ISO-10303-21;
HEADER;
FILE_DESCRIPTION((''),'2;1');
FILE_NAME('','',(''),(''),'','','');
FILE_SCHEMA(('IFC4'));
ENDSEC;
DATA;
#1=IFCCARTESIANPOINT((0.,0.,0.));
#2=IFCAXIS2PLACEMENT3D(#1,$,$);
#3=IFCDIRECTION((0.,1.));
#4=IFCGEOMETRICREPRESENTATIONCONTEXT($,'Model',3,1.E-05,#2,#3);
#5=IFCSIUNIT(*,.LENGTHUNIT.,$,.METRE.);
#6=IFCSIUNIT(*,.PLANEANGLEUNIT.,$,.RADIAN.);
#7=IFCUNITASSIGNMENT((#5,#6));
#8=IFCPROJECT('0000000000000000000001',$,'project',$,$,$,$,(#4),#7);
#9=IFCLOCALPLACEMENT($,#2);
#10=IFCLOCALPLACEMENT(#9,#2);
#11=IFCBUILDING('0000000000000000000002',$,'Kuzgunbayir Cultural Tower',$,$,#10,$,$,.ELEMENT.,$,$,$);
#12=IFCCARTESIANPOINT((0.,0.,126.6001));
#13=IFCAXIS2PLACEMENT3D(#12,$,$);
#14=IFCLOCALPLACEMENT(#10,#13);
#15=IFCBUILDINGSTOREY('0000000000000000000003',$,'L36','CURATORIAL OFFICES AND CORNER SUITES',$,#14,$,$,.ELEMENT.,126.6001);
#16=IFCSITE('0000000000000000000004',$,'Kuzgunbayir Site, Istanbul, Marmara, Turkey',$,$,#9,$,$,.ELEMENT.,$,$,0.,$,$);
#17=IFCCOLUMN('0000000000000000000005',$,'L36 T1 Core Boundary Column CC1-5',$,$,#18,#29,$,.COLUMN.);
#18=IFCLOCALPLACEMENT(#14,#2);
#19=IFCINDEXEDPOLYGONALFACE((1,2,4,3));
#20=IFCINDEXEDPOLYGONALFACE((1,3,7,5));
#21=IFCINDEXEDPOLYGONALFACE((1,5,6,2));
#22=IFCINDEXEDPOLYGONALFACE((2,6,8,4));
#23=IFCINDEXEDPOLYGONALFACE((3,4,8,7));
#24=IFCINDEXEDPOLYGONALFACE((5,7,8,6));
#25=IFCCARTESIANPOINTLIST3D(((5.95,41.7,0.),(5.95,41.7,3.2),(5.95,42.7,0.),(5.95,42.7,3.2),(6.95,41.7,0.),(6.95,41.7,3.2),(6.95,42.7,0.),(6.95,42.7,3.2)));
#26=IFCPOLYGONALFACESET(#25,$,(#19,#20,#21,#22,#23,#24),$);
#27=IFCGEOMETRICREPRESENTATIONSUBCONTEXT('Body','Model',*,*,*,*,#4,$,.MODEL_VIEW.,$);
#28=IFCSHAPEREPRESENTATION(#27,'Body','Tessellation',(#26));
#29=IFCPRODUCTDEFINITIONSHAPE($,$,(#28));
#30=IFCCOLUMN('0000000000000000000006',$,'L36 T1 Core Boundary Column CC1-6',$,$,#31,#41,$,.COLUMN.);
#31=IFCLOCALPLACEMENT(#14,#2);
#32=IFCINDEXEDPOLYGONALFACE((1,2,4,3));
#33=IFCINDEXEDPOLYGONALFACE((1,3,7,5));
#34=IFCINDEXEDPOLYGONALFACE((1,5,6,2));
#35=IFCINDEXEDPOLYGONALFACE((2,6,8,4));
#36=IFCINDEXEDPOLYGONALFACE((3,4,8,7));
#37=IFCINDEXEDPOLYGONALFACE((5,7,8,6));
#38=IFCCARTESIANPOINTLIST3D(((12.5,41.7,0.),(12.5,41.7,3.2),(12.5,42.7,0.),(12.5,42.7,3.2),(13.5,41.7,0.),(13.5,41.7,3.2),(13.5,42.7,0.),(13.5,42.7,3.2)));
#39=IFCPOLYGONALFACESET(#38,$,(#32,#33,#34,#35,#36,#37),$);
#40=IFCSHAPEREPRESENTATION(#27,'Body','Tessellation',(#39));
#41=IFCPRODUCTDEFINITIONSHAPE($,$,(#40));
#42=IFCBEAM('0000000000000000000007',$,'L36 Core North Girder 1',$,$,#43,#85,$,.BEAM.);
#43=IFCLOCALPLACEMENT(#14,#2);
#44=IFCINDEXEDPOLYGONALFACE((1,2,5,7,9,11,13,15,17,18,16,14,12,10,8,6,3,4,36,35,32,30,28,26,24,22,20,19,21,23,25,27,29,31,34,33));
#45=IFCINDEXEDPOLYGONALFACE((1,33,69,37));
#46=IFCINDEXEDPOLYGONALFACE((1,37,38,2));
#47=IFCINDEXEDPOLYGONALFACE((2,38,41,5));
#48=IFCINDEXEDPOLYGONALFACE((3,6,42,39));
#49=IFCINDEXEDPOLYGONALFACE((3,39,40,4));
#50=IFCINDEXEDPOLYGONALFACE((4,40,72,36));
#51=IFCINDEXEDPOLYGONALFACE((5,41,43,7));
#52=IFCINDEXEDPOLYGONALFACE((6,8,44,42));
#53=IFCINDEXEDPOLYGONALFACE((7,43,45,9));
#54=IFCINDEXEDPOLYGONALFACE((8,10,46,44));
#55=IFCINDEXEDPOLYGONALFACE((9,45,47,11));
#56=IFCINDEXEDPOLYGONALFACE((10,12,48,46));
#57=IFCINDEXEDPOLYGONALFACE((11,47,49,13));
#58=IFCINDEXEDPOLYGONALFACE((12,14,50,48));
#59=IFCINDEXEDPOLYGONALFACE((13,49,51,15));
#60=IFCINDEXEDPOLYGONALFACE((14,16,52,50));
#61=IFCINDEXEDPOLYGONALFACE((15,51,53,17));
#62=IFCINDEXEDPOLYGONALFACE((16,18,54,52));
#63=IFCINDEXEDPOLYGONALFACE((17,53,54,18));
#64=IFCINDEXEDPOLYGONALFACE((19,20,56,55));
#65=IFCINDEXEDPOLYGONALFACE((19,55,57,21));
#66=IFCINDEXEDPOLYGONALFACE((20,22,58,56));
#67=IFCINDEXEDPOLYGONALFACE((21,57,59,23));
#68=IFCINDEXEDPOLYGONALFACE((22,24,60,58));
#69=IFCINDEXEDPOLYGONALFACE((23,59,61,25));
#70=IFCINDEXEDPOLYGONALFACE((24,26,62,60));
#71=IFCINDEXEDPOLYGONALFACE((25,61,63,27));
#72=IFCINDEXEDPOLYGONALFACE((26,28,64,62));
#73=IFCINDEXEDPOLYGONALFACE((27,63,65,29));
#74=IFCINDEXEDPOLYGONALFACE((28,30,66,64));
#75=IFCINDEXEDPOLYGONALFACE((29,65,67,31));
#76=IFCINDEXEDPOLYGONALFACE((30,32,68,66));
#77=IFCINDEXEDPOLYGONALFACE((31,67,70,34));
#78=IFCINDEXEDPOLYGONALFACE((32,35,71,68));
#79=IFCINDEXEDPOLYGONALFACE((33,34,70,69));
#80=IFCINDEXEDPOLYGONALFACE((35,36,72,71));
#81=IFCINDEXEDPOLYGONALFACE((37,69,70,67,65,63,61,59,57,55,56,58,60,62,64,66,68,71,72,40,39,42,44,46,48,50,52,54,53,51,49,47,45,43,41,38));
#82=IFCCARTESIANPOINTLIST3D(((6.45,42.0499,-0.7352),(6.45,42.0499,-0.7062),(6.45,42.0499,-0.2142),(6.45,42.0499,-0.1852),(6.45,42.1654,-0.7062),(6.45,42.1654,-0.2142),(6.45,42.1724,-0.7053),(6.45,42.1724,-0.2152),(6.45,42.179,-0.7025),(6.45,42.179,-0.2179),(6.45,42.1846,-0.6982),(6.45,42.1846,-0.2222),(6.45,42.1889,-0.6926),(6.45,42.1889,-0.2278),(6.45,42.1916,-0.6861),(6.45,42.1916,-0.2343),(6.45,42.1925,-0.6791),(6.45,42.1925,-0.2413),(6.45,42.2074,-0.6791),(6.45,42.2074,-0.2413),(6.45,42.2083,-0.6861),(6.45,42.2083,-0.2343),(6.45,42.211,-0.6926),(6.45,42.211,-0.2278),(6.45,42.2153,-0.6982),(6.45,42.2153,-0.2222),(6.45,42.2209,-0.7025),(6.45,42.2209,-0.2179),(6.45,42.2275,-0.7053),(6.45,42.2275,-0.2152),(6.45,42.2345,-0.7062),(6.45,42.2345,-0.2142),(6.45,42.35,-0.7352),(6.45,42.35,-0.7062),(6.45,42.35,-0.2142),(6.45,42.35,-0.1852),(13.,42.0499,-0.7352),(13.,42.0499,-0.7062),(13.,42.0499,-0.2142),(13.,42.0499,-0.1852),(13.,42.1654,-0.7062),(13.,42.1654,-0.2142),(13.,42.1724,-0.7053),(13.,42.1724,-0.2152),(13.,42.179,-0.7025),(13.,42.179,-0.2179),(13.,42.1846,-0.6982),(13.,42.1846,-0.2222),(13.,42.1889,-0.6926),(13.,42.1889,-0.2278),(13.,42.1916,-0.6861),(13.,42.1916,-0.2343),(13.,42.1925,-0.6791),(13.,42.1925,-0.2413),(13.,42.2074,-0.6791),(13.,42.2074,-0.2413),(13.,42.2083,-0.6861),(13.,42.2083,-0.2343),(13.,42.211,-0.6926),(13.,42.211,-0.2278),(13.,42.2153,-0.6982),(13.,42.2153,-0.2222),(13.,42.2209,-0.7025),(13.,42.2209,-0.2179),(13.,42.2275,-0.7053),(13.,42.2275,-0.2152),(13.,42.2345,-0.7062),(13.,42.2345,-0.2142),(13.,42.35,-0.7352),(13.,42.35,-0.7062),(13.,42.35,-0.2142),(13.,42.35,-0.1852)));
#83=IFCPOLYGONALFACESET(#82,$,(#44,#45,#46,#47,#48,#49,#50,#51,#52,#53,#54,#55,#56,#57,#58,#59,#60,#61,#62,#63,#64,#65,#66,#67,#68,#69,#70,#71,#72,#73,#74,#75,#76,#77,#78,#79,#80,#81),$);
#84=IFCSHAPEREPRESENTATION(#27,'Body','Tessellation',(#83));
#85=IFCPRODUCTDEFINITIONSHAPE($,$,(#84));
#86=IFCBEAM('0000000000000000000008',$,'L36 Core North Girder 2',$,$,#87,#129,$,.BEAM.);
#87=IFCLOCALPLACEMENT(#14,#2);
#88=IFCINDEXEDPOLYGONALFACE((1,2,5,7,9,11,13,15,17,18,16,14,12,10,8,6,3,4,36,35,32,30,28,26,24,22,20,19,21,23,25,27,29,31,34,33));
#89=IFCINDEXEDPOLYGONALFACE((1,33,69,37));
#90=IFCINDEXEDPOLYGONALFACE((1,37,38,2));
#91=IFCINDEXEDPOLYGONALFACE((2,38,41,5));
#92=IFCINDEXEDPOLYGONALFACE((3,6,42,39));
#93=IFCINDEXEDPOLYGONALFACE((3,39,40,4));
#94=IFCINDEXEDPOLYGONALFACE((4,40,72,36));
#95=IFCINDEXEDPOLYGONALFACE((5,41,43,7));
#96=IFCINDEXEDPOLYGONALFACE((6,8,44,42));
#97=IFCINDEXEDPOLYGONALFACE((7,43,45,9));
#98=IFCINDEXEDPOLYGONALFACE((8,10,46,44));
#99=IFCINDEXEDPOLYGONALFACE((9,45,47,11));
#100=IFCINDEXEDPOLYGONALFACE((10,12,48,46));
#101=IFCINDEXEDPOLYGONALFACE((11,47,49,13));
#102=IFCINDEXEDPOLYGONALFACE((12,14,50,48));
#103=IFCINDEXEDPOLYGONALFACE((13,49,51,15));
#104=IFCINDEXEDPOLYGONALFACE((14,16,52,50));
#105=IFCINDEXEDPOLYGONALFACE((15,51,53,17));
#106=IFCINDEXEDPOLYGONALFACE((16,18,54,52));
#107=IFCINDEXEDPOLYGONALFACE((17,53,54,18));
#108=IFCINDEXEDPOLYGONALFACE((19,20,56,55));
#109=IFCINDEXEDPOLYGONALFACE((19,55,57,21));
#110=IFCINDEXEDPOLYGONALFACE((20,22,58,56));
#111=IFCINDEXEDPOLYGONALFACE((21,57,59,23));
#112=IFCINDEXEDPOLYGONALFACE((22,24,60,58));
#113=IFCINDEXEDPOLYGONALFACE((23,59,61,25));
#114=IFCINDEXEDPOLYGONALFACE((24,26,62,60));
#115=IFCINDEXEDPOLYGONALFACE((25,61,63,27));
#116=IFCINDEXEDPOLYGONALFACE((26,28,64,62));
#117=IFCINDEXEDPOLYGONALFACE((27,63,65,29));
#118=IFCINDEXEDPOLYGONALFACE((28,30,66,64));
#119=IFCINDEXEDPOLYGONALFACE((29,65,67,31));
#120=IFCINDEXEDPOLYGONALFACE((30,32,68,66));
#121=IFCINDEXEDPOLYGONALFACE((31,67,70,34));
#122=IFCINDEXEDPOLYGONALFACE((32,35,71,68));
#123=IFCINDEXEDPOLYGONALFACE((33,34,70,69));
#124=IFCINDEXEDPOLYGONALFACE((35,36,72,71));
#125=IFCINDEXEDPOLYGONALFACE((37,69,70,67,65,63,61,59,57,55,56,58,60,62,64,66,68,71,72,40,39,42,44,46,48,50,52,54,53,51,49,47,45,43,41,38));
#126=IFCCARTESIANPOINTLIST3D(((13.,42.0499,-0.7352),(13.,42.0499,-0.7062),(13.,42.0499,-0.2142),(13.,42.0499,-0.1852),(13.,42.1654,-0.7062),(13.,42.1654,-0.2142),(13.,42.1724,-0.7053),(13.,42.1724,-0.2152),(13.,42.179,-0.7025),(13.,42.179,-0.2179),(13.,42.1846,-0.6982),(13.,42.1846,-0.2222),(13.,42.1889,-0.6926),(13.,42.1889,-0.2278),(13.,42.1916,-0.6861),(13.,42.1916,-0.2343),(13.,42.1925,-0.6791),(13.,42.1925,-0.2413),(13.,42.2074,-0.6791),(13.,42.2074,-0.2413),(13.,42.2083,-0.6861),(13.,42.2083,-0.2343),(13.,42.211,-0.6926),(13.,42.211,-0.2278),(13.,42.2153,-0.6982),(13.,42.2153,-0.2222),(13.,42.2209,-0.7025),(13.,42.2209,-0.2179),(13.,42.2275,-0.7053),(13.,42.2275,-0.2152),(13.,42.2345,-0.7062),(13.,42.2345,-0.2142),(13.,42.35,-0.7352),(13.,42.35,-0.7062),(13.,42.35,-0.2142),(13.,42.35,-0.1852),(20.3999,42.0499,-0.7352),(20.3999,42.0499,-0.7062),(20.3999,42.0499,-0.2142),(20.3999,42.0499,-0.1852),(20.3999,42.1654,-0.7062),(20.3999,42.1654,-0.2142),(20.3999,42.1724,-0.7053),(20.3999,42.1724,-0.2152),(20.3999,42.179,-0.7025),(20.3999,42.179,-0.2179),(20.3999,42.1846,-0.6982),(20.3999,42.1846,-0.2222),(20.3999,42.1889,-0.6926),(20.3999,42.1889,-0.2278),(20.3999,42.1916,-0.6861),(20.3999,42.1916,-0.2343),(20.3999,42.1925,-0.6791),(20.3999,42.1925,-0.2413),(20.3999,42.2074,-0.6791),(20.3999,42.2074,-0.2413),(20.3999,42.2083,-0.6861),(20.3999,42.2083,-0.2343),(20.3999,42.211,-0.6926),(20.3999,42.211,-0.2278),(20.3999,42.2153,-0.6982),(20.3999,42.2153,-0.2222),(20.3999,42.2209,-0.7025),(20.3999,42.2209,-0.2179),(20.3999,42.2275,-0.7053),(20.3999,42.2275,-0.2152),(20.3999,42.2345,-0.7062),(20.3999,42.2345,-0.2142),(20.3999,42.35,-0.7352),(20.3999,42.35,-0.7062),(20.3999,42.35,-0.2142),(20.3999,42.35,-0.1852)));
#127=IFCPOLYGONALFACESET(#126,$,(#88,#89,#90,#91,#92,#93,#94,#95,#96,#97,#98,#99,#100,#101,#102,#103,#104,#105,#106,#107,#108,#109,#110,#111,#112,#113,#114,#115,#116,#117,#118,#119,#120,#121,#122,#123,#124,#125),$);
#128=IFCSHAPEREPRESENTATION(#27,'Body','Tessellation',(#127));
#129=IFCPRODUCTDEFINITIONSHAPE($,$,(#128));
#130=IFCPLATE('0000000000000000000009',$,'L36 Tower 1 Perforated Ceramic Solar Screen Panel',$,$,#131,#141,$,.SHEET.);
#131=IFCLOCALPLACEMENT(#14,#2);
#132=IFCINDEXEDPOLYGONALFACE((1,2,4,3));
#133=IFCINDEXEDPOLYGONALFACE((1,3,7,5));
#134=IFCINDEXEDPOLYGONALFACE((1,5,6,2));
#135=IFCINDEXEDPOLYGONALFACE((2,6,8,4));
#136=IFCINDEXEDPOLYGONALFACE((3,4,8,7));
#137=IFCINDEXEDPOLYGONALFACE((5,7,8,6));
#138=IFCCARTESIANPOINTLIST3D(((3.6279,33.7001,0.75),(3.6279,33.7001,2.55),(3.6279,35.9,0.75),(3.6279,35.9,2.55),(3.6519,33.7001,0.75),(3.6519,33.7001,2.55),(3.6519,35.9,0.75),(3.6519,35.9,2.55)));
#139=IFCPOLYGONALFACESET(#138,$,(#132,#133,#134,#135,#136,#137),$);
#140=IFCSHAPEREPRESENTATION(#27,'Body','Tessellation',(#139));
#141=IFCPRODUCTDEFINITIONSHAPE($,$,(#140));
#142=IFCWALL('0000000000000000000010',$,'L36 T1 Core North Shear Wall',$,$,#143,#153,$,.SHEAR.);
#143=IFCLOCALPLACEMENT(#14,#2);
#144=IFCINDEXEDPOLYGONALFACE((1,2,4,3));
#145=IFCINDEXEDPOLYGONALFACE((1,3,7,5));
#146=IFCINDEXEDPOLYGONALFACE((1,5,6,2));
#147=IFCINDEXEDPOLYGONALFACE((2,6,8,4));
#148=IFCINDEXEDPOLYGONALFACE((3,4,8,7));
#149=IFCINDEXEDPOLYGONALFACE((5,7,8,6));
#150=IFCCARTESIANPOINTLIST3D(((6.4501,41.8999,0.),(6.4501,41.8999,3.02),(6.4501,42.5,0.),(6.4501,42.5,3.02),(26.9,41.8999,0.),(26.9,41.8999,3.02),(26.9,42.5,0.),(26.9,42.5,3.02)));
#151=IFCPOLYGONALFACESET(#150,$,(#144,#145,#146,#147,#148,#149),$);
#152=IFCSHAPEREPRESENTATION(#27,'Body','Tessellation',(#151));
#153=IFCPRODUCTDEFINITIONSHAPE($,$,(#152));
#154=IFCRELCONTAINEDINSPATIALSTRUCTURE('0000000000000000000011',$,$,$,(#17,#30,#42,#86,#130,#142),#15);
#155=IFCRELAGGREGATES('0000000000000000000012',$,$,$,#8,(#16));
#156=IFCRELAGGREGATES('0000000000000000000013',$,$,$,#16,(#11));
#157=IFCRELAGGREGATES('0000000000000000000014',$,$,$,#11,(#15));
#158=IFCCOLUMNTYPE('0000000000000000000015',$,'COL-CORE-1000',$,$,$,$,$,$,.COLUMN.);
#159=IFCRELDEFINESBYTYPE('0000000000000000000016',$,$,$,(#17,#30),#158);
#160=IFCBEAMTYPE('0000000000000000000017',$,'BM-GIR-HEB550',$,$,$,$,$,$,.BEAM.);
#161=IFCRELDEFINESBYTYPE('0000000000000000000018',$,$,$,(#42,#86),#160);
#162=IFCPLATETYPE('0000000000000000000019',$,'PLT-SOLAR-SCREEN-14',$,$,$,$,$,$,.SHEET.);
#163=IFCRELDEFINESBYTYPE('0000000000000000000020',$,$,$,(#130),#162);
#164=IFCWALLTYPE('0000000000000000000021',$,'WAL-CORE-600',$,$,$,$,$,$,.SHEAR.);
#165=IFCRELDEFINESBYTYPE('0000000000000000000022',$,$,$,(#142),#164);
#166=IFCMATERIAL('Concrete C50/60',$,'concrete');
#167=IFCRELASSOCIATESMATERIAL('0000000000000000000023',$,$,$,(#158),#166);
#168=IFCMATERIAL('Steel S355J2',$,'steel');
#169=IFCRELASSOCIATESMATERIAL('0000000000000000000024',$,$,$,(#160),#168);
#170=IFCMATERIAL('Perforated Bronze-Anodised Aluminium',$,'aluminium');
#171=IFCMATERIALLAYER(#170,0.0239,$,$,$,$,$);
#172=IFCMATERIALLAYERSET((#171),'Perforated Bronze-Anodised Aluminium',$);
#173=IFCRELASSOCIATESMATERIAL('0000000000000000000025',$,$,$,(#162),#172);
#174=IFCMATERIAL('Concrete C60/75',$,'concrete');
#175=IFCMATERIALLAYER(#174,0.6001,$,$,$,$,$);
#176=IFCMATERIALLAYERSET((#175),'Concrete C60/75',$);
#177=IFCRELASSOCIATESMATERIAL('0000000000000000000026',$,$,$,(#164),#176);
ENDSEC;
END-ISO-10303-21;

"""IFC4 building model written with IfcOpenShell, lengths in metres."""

from ifc_helpers import new_model, si_unit, direction, frame, frame_2d, origin, origin_2d, place, context, subcontext, project, spatial, rectangle, i_section, extrude, material, layer, layer_set, material_profile, profile_set, type_object, element, save


model = new_model("IFC4")

# Units and contexts
model_context = context("Model", 3, precision=1e-05, world=origin(), true_north=direction((0.0, 1.0)))
body_context = subcontext(model_context, "Body", "Model", "MODEL_VIEW")
ifc_project = project(units=[si_unit("LENGTHUNIT", "METRE"), si_unit("PLANEANGLEUNIT", "RADIAN")], contexts=[model_context])

# Site, building, storey
site_placement = place(None, origin())
site = spatial("IfcSite", under=ifc_project, at=site_placement, Name="Kuzgunbayir Site, Istanbul, Marmara, Turkey", CompositionType="ELEMENT", RefElevation=0.0)
building_placement = place(site_placement, origin())
building = spatial("IfcBuilding", under=site, at=building_placement, Name="Kuzgunbayir Cultural Tower", CompositionType="ELEMENT")
storey_placement = place(building_placement, frame((0.0, 0.0, 126.6001)))
storey = spatial("IfcBuildingStorey", under=building, at=storey_placement, Name="L36", Description="CURATORIAL OFFICES AND CORNER SUITES", CompositionType="ELEMENT", Elevation=126.6001)

# Columns
ifc_material_1 = material(Name="Concrete C50/60", Category="concrete")
ifc_material_profile_1 = material_profile(ifc_material_1, rectangle(XDim=1.0, YDim=1.0, at=origin_2d()), Name="RC 1000x1000")
ifc_profile_set_1 = profile_set([ifc_material_profile_1], Name="Concrete C50/60")
column_type = type_object("IfcColumnType", Name="COL-CORE-1000", PredefinedType="COLUMN", material=ifc_profile_set_1)
for number, where, z_axis, x_axis, name in (
    (1, (6.45, 42.2, 0.0), (0.0, 0.0, 1.0), (1.0, 0.0, 0.0), "L36 T1 Core Boundary Column CC1-5"),
    (2, (13.0, 42.2, 0.0), (0.0, 0.0, 1.0), (1.0, 0.0, 0.0), "L36 T1 Core Boundary Column CC1-6"),
):
    element("IfcColumn", number, at=place(storey_placement, frame(where, z_axis=z_axis, x_axis=x_axis)), inside=storey, type_object=column_type, Name=name, PredefinedType="COLUMN", context=body_context, shape_type="SweptSolid", body=[
        extrude(rectangle(XDim=1.0, YDim=1.0, at=origin_2d()), origin(), (0.0, 0.0, 1.0), 3.2),
    ])

# Beams
ifc_material_2 = material(Name="Steel S355J2", Category="steel")
ifc_material_profile_2 = material_profile(ifc_material_2, i_section(OverallWidth=0.3, OverallDepth=0.55, WebThickness=0.0149, FlangeThickness=0.0291, FilletRadius=0.0271, at=origin_2d()), Name="HEB 550")
ifc_profile_set_2 = profile_set([ifc_material_profile_2], Name="Steel S355J2")
beam_type = type_object("IfcBeamType", Name="BM-GIR-HEB550", PredefinedType="BEAM", material=ifc_profile_set_2)
beam_1_placement = place(storey_placement, frame((6.45, 42.2, -0.4602), z_axis=(1.0, 0.0, 0.0), x_axis=(0.0, 1.0, 0.0)))
element("IfcBeam", 3, at=beam_1_placement, inside=storey, type_object=beam_type, Name="L36 Core North Girder 1", PredefinedType="BEAM", context=body_context, shape_type="SweptSolid", body=[
    extrude(i_section(OverallWidth=0.3, OverallDepth=0.55, WebThickness=0.0149, FlangeThickness=0.0291, FilletRadius=0.0271, at=origin_2d()), origin(), (0.0, 0.0, 1.0), 6.55),
])
beam_2_placement = place(storey_placement, frame((13.0, 42.2, -0.4602), z_axis=(1.0, 0.0, 0.0), x_axis=(0.0, 1.0, 0.0)))
element("IfcBeam", 4, at=beam_2_placement, inside=storey, type_object=beam_type, Name="L36 Core North Girder 2", PredefinedType="BEAM", context=body_context, shape_type="SweptSolid", body=[
    extrude(i_section(OverallWidth=0.3, OverallDepth=0.55, WebThickness=0.0149, FlangeThickness=0.0291, FilletRadius=0.0271, at=origin_2d()), origin(), (0.0, 0.0, 1.0), 7.3999),
])

# Plate
ifc_material_3 = material(Name="Perforated Bronze-Anodised Aluminium", Category="aluminium")
ifc_layer_1 = layer(ifc_material_3, 0.0239)
ifc_layer_set_1 = layer_set([ifc_layer_1], Name="Perforated Bronze-Anodised Aluminium")
plate_type = type_object("IfcPlateType", Name="PLT-SOLAR-SCREEN-14", PredefinedType="SHEET", material=ifc_layer_set_1)
plate_placement = place(storey_placement, frame((3.6399, 34.8, 0.75), z_axis=(0.0, 0.0, 1.0), x_axis=(1.0, 0.0, 0.0)))
element("IfcPlate", 5, at=plate_placement, inside=storey, type_object=plate_type, Name="L36 Tower 1 Perforated Ceramic Solar Screen Panel", PredefinedType="SHEET", context=body_context, shape_type="SweptSolid", body=[
    extrude(rectangle(XDim=0.0239, YDim=2.2, at=origin_2d()), origin(), (0.0, 0.0, 1.0), 1.8),
])

# Wall
ifc_material_4 = material(Name="Concrete C60/75", Category="concrete")
ifc_layer_2 = layer(ifc_material_4, 0.6001)
ifc_layer_set_2 = layer_set([ifc_layer_2], Name="Concrete C60/75")
wall_type_1 = type_object("IfcWallType", Name="WAL-CORE-600", PredefinedType="SHEAR", material=ifc_layer_set_2)
wall_1_placement = place(storey_placement, frame((6.45, 42.2, 0.0), z_axis=(0.0, 0.0, 1.0), x_axis=(1.0, 0.0, 0.0)))
element("IfcWall", 6, at=wall_1_placement, inside=storey, type_object=wall_type_1, Name="L36 T1 Core North Shear Wall", PredefinedType="SHEAR", context=body_context, shape_type="SweptSolid", body=[
    extrude(rectangle(XDim=20.45, YDim=0.6001, at=frame_2d((10.2251, 0.0))), origin(), (0.0, 0.0, 1.0), 3.02),
])

save(model, "model.ifc")
